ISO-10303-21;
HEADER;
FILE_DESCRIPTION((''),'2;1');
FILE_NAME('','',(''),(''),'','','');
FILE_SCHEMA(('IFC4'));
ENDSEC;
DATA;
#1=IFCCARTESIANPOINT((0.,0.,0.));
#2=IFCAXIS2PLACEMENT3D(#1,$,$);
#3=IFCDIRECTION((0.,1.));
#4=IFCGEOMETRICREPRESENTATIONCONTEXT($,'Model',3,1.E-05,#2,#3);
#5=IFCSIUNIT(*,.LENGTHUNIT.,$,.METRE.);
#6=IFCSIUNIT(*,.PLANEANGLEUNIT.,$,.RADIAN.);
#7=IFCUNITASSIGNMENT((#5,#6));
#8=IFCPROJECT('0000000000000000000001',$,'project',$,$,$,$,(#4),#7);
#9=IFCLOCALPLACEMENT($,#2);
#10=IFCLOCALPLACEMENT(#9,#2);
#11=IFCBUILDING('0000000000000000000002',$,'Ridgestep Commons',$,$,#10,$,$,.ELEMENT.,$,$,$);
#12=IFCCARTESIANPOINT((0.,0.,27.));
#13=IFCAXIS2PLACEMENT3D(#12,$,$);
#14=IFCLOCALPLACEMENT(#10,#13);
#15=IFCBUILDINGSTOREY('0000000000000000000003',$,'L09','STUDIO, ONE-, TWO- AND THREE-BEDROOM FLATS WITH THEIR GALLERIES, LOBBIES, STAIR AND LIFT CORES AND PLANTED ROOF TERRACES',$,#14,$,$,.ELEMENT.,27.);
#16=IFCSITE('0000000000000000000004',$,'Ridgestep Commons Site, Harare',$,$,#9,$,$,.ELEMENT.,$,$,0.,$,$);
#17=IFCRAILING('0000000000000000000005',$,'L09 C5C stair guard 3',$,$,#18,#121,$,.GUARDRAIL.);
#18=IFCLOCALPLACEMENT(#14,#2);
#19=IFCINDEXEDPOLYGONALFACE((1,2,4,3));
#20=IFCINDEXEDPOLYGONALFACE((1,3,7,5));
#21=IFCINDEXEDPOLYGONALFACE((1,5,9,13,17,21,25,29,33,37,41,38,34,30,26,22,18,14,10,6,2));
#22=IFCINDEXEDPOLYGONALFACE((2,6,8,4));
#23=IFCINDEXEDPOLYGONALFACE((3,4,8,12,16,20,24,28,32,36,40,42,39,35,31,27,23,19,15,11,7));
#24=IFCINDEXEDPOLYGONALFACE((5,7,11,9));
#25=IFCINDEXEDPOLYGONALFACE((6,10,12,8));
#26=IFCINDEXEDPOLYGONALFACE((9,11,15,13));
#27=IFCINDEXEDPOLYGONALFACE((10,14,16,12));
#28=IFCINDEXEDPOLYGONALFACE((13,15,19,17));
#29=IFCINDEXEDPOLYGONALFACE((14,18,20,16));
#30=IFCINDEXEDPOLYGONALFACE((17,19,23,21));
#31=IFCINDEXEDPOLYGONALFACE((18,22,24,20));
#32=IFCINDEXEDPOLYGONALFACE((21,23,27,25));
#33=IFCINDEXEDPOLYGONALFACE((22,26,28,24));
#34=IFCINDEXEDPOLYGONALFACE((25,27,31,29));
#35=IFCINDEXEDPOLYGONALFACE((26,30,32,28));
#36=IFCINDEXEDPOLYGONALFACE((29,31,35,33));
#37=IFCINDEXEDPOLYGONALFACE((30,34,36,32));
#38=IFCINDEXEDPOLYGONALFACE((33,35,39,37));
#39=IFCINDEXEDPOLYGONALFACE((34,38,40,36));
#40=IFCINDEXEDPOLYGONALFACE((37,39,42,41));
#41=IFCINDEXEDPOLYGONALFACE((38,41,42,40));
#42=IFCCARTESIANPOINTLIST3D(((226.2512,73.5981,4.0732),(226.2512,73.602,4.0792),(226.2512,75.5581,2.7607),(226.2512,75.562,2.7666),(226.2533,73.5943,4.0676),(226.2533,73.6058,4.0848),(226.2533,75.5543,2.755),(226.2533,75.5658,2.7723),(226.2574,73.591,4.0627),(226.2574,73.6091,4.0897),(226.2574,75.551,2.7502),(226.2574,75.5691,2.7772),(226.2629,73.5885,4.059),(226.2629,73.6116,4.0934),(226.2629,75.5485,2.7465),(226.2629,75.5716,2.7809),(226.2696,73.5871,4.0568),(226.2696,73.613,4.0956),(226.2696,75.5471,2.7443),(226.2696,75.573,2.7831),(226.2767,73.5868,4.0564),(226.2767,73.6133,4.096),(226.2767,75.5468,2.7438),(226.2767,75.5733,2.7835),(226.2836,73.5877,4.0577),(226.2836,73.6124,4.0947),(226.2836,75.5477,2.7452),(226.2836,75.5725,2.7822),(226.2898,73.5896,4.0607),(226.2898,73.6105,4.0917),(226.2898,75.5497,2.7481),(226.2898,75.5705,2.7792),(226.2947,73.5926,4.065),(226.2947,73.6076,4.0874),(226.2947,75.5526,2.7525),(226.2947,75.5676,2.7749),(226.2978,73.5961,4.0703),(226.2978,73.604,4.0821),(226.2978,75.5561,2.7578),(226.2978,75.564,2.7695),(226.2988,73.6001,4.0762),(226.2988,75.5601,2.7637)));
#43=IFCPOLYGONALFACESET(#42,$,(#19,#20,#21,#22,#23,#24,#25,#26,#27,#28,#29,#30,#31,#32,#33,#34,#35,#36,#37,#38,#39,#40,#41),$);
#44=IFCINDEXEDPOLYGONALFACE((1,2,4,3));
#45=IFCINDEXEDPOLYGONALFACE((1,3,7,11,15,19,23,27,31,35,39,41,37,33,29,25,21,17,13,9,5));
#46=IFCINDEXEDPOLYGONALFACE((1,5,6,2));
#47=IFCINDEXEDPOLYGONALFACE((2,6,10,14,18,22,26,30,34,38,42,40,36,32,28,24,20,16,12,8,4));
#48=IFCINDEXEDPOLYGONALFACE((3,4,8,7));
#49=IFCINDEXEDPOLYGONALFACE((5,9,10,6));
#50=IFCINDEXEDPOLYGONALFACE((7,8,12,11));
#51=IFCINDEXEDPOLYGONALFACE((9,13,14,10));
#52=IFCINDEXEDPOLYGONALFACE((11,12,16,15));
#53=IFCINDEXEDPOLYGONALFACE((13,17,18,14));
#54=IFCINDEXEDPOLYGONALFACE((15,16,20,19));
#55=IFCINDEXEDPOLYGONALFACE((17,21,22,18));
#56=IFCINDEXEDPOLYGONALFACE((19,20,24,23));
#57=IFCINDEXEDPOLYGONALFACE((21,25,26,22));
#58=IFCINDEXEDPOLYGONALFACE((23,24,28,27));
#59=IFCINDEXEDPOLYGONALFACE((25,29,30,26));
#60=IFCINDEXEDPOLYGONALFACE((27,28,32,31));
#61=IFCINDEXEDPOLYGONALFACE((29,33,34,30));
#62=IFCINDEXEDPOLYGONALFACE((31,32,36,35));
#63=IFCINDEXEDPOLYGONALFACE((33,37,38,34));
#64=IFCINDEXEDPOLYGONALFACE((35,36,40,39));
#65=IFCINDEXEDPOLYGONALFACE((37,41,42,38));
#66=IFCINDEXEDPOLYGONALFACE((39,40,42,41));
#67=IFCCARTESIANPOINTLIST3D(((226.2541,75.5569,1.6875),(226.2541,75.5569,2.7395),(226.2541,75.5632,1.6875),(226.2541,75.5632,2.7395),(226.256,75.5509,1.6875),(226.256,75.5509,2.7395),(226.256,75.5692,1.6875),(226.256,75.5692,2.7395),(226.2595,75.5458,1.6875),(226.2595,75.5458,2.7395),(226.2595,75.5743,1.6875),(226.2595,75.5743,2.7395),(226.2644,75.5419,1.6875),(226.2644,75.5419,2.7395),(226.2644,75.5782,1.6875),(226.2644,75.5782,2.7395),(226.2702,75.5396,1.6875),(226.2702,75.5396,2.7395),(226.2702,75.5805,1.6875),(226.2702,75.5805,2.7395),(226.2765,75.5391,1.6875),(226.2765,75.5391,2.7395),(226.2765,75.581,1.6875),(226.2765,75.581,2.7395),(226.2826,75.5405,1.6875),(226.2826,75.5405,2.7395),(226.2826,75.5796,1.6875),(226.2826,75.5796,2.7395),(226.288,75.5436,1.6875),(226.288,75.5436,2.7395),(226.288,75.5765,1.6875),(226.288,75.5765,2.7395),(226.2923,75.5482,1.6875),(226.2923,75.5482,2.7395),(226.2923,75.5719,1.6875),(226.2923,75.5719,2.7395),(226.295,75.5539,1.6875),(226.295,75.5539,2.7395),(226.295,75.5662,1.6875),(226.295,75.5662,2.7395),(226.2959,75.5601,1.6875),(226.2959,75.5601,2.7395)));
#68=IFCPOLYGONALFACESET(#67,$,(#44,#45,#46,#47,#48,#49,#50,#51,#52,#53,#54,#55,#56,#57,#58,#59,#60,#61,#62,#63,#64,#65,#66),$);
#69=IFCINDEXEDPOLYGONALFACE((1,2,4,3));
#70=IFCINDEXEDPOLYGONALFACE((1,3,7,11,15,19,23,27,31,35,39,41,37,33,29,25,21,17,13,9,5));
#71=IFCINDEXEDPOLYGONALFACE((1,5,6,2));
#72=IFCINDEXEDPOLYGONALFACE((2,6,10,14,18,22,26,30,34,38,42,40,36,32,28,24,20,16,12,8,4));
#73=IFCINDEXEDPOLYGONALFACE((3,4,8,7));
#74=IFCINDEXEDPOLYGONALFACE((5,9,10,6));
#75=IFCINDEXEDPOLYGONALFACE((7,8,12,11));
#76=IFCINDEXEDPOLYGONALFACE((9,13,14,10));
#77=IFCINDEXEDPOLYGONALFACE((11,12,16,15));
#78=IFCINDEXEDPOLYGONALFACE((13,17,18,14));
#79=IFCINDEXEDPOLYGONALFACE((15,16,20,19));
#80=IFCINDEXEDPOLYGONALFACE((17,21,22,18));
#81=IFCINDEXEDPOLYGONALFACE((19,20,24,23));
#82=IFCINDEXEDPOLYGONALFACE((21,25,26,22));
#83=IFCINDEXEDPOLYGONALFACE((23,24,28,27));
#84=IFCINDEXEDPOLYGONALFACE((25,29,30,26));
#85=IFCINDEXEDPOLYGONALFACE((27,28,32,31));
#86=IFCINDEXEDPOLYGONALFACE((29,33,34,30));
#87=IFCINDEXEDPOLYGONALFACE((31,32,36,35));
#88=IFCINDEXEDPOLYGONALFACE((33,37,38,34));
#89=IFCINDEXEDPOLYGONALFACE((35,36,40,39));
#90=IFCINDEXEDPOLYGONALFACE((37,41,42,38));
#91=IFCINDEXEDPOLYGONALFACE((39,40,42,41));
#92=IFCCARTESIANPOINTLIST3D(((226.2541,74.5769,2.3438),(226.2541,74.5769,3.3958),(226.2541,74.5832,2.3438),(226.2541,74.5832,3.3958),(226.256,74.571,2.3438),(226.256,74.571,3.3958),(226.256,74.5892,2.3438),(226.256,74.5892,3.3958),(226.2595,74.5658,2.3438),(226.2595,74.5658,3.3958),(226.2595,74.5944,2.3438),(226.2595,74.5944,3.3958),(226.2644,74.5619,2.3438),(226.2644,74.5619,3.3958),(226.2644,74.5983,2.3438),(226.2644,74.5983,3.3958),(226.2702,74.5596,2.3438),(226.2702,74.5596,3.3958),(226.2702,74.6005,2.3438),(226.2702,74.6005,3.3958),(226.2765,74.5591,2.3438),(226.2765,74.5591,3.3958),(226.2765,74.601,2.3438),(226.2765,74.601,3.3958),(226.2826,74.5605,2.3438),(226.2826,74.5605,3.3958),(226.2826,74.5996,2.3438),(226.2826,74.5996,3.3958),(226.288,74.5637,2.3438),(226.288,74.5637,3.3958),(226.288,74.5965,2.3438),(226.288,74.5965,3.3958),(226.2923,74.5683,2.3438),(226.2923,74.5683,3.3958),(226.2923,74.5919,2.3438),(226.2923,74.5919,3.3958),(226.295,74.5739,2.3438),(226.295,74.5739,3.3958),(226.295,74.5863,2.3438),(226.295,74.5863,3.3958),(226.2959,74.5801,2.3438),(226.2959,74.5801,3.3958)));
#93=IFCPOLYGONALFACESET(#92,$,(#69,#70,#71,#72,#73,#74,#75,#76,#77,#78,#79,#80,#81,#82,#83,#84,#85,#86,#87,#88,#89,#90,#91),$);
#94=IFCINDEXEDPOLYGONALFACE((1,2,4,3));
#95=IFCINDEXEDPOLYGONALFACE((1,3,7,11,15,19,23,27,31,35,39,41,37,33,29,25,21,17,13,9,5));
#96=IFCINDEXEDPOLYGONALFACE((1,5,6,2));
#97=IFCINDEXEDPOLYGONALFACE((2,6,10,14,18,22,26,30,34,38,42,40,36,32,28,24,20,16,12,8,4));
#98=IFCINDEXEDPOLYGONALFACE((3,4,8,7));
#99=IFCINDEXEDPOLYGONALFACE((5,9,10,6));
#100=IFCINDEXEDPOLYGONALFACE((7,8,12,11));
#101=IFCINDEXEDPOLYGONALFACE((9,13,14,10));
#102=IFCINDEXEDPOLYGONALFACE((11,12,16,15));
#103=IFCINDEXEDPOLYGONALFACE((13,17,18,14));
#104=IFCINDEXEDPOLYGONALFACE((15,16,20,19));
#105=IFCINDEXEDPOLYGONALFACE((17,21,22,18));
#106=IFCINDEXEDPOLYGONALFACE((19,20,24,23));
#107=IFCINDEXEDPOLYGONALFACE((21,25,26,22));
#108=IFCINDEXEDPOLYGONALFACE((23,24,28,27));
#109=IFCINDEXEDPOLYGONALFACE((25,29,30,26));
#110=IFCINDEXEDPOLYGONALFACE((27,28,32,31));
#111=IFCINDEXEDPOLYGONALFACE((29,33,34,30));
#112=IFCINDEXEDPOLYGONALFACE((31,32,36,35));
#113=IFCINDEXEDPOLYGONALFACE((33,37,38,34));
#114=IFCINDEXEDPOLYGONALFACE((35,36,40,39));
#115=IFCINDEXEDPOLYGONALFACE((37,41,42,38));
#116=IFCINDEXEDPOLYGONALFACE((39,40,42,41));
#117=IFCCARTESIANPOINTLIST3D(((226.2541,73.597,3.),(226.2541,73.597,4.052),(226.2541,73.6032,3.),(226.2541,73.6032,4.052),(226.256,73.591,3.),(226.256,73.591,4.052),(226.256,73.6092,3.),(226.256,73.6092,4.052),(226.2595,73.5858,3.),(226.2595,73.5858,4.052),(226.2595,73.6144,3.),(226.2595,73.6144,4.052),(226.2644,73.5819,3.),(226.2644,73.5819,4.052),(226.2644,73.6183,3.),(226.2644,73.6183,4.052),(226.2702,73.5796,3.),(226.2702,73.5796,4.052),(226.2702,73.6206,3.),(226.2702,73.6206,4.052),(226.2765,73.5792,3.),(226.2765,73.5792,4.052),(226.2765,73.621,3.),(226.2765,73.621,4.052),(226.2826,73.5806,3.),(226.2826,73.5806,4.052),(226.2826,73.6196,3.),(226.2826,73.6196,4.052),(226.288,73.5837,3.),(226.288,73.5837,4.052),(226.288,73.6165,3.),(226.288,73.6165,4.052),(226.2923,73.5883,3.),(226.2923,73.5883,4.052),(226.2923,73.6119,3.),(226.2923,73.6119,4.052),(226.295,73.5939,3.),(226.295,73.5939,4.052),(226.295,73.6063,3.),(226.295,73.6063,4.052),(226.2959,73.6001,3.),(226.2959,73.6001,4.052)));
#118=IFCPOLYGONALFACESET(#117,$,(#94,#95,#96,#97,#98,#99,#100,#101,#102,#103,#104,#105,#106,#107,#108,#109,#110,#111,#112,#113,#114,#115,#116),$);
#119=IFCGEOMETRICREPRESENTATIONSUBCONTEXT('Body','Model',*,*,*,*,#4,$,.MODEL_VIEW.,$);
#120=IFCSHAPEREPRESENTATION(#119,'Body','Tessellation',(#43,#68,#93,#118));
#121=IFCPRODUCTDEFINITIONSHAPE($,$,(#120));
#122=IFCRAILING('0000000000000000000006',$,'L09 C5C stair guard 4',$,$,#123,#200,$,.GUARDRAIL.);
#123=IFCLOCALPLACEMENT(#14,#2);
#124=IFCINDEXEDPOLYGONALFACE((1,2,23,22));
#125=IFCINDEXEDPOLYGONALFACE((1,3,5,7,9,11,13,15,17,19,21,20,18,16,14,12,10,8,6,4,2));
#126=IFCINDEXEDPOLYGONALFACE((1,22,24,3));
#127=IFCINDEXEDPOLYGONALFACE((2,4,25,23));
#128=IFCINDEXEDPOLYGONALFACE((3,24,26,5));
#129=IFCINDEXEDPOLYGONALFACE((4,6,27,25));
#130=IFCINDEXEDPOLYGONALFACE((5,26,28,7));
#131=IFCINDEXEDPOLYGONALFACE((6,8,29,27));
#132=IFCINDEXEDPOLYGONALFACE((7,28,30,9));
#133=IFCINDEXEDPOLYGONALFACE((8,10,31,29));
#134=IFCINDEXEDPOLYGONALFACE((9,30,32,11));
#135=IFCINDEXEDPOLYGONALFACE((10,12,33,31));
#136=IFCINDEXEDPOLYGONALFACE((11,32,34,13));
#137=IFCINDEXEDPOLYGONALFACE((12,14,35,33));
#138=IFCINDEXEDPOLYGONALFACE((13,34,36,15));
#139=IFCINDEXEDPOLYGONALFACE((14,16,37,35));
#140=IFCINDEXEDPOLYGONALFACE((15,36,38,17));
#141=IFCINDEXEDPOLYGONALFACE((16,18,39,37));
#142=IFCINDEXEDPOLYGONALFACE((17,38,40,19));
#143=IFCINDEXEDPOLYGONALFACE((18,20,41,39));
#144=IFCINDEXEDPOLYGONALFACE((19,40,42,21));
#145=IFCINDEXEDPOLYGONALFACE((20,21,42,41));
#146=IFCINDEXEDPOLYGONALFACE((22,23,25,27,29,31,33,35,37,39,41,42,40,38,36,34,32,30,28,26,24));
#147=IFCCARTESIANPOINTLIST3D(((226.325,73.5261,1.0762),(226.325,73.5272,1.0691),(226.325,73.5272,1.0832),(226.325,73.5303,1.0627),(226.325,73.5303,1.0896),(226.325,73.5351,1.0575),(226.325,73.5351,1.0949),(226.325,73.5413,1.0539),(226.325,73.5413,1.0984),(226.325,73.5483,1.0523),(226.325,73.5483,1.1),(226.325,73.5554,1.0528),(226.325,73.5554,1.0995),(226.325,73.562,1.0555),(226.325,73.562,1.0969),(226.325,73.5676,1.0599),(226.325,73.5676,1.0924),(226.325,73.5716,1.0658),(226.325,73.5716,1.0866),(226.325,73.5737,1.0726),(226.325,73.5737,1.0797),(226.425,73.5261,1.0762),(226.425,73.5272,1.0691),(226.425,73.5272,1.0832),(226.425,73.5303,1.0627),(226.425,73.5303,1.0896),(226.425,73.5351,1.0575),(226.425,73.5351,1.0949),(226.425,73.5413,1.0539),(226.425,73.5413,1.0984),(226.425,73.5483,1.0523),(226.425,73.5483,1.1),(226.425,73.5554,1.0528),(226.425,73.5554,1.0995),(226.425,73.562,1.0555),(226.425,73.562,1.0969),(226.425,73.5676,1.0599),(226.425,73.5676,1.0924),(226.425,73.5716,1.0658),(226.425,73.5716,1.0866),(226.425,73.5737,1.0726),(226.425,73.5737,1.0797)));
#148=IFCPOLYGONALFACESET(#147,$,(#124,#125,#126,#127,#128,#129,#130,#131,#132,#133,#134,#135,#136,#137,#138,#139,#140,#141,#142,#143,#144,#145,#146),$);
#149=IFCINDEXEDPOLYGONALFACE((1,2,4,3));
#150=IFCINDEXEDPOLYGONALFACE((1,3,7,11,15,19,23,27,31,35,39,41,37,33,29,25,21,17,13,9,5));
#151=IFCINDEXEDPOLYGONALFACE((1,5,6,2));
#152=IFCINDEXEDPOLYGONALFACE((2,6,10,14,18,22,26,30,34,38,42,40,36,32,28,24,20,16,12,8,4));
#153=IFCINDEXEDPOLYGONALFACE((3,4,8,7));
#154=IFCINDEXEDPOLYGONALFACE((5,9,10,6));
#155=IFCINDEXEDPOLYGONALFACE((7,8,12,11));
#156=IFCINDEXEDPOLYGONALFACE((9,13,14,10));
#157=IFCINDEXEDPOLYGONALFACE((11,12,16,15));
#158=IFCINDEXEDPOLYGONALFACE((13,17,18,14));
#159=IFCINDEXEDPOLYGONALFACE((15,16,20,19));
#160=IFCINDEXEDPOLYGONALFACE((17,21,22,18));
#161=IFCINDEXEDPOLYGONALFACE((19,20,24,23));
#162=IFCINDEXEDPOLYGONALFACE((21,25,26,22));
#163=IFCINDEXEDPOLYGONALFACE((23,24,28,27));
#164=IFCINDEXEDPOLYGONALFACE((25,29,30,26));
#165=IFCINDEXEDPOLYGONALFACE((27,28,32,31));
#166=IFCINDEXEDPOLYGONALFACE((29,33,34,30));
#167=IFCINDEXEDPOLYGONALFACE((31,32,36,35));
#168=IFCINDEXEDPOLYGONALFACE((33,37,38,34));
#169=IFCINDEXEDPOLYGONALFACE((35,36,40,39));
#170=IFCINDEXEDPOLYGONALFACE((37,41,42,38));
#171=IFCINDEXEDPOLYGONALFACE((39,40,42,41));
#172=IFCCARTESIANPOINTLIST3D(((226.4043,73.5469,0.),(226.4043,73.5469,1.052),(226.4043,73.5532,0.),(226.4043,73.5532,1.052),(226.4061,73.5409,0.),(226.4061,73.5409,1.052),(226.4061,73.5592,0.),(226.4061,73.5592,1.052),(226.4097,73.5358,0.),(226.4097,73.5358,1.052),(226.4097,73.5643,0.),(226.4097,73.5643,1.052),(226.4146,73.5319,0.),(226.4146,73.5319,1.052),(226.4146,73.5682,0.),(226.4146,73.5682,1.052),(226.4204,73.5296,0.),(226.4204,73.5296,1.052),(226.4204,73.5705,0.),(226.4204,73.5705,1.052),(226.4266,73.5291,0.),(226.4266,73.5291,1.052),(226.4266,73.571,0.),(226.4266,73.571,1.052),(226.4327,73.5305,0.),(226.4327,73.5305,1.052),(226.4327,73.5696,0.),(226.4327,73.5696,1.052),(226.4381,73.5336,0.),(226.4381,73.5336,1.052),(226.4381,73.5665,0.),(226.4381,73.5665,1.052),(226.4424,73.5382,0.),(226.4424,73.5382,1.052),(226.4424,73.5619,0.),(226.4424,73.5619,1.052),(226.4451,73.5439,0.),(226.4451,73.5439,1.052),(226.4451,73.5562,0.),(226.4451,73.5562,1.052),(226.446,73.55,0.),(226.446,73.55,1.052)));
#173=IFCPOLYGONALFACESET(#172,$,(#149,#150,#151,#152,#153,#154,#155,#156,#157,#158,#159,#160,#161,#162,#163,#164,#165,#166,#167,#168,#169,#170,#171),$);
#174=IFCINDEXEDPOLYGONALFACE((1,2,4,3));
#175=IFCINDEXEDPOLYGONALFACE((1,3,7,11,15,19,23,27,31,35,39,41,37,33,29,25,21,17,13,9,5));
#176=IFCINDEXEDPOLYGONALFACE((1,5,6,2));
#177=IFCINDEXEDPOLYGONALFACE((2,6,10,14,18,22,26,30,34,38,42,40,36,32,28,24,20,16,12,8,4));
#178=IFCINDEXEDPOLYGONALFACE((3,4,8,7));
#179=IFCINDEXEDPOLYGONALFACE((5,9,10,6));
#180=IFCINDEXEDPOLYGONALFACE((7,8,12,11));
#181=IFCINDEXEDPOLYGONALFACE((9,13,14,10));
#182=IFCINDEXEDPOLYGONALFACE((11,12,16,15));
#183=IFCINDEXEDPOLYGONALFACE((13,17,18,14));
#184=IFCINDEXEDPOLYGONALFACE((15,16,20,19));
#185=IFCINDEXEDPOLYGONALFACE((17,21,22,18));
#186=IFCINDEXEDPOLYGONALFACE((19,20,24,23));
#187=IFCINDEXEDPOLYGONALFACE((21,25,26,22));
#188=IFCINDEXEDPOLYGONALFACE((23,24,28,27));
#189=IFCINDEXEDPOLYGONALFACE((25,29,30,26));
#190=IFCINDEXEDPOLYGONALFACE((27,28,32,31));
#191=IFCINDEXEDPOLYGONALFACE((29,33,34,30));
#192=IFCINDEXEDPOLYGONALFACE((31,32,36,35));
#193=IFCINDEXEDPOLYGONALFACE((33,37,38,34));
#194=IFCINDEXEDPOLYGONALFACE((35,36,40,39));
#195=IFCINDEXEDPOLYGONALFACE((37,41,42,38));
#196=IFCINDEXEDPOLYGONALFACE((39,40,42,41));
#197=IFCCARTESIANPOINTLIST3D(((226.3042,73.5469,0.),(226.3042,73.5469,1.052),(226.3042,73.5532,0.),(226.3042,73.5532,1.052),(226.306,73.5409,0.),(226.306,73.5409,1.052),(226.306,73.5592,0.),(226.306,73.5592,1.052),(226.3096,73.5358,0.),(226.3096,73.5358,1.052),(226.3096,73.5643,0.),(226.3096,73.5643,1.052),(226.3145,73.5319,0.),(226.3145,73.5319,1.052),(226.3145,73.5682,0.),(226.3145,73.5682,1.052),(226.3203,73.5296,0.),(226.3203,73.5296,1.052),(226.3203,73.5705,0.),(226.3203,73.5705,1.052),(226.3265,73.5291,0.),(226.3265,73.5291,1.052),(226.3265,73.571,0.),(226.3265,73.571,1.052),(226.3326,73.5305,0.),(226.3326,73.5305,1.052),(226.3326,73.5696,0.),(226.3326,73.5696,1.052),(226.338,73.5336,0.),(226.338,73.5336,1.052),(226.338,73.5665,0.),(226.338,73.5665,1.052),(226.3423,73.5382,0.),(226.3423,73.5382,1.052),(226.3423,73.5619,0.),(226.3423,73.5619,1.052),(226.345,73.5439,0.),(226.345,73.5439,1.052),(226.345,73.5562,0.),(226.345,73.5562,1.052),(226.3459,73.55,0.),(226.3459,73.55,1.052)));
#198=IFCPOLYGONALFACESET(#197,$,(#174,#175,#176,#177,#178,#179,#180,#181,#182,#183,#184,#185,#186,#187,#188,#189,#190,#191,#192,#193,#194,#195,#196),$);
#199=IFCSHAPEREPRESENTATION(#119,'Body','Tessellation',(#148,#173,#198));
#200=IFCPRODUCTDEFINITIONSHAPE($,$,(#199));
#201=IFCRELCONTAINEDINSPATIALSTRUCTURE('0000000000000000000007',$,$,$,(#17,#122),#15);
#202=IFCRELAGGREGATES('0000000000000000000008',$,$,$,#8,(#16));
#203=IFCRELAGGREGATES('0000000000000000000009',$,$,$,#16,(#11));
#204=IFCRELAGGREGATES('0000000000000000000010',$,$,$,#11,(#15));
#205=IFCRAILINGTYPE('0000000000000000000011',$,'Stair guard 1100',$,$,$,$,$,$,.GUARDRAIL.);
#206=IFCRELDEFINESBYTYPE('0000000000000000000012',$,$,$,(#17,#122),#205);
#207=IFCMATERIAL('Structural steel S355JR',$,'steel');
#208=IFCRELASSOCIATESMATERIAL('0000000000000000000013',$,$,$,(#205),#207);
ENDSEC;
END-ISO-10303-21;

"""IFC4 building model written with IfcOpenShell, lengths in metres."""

from ifc_helpers import new_model, si_unit, direction, frame, origin, origin_2d, place, context, subcontext, project, spatial, circle, extrude, material, type_object, element, save


model = new_model("IFC4")

# Units and contexts
model_context = context("Model", 3, precision=1e-05, world=origin(), true_north=direction((0.0, 1.0)))
body_context = subcontext(model_context, "Body", "Model", "MODEL_VIEW")
ifc_project = project(units=[si_unit("LENGTHUNIT", "METRE"), si_unit("PLANEANGLEUNIT", "RADIAN")], contexts=[model_context])

# Site, building, storey
site_placement = place(None, origin())
site = spatial("IfcSite", under=ifc_project, at=site_placement, Name="Ridgestep Commons Site, Harare", CompositionType="ELEMENT", RefElevation=0.0)
building_placement = place(site_placement, origin())
building = spatial("IfcBuilding", under=site, at=building_placement, Name="Ridgestep Commons", CompositionType="ELEMENT")
storey_placement = place(building_placement, frame((0.0, 0.0, 27.0)))
storey = spatial("IfcBuildingStorey", under=building, at=storey_placement, Name="L09", Description="STUDIO, ONE-, TWO- AND THREE-BEDROOM FLATS WITH THEIR GALLERIES, LOBBIES, STAIR AND LIFT CORES AND PLANTED ROOF TERRACES", CompositionType="ELEMENT", Elevation=27.0)

# Railings
ifc_material_1 = material(Name="Structural steel S355JR", Category="steel")
railing_type_1 = type_object("IfcRailingType", Name="Stair guard 1100", PredefinedType="GUARDRAIL", material=ifc_material_1)
railing_1_placement = place(storey_placement, frame((226.2749, 75.5601, 1.6875)))
element("IfcRailing", 1, at=railing_1_placement, inside=storey, type_object=railing_type_1, Name="L09 C5C stair guard 3", PredefinedType="GUARDRAIL", context=body_context, shape_type="SweptSolid", body=[
    extrude(circle(Radius=0.0239, at=origin_2d()), frame((0.0, 0.0, 1.0762), z_axis=(0.0, -0.830902, 0.556419), x_axis=(1.0, 0.0, 0.0)), (0.0, 0.0, 1.0), 2.3589),
    extrude(circle(Radius=0.021, at=origin_2d()), origin(), (0.0, 0.0, 1.0), 1.052),
    extrude(circle(Radius=0.021, at=origin_2d()), frame((0.0, -0.98, 0.6562)), (0.0, 0.0, 1.0), 1.052),
    extrude(circle(Radius=0.021, at=origin_2d()), frame((0.0, -1.96, 1.3125)), (0.0, 0.0, 1.0), 1.052),
])
railing_2_placement = place(storey_placement, frame((226.425, 73.55, 0.0)))
element("IfcRailing", 2, at=railing_2_placement, inside=storey, type_object=railing_type_1, Name="L09 C5C stair guard 4", PredefinedType="GUARDRAIL", context=body_context, shape_type="SweptSolid", body=[
    extrude(circle(Radius=0.0239, at=origin_2d()), frame((0.0, 0.0, 1.0762), z_axis=(-1.0, 0.0, 0.0), x_axis=(0.0, -1.0, 0.0)), (0.0, 0.0, 1.0), 0.1001),
    extrude(circle(Radius=0.021, at=origin_2d()), origin(), (0.0, 0.0, 1.0), 1.052),
    extrude(circle(Radius=0.021, at=origin_2d()), frame((-0.1001, 0.0, 0.0)), (0.0, 0.0, 1.0), 1.052),
])

save(model, "model.ifc")
